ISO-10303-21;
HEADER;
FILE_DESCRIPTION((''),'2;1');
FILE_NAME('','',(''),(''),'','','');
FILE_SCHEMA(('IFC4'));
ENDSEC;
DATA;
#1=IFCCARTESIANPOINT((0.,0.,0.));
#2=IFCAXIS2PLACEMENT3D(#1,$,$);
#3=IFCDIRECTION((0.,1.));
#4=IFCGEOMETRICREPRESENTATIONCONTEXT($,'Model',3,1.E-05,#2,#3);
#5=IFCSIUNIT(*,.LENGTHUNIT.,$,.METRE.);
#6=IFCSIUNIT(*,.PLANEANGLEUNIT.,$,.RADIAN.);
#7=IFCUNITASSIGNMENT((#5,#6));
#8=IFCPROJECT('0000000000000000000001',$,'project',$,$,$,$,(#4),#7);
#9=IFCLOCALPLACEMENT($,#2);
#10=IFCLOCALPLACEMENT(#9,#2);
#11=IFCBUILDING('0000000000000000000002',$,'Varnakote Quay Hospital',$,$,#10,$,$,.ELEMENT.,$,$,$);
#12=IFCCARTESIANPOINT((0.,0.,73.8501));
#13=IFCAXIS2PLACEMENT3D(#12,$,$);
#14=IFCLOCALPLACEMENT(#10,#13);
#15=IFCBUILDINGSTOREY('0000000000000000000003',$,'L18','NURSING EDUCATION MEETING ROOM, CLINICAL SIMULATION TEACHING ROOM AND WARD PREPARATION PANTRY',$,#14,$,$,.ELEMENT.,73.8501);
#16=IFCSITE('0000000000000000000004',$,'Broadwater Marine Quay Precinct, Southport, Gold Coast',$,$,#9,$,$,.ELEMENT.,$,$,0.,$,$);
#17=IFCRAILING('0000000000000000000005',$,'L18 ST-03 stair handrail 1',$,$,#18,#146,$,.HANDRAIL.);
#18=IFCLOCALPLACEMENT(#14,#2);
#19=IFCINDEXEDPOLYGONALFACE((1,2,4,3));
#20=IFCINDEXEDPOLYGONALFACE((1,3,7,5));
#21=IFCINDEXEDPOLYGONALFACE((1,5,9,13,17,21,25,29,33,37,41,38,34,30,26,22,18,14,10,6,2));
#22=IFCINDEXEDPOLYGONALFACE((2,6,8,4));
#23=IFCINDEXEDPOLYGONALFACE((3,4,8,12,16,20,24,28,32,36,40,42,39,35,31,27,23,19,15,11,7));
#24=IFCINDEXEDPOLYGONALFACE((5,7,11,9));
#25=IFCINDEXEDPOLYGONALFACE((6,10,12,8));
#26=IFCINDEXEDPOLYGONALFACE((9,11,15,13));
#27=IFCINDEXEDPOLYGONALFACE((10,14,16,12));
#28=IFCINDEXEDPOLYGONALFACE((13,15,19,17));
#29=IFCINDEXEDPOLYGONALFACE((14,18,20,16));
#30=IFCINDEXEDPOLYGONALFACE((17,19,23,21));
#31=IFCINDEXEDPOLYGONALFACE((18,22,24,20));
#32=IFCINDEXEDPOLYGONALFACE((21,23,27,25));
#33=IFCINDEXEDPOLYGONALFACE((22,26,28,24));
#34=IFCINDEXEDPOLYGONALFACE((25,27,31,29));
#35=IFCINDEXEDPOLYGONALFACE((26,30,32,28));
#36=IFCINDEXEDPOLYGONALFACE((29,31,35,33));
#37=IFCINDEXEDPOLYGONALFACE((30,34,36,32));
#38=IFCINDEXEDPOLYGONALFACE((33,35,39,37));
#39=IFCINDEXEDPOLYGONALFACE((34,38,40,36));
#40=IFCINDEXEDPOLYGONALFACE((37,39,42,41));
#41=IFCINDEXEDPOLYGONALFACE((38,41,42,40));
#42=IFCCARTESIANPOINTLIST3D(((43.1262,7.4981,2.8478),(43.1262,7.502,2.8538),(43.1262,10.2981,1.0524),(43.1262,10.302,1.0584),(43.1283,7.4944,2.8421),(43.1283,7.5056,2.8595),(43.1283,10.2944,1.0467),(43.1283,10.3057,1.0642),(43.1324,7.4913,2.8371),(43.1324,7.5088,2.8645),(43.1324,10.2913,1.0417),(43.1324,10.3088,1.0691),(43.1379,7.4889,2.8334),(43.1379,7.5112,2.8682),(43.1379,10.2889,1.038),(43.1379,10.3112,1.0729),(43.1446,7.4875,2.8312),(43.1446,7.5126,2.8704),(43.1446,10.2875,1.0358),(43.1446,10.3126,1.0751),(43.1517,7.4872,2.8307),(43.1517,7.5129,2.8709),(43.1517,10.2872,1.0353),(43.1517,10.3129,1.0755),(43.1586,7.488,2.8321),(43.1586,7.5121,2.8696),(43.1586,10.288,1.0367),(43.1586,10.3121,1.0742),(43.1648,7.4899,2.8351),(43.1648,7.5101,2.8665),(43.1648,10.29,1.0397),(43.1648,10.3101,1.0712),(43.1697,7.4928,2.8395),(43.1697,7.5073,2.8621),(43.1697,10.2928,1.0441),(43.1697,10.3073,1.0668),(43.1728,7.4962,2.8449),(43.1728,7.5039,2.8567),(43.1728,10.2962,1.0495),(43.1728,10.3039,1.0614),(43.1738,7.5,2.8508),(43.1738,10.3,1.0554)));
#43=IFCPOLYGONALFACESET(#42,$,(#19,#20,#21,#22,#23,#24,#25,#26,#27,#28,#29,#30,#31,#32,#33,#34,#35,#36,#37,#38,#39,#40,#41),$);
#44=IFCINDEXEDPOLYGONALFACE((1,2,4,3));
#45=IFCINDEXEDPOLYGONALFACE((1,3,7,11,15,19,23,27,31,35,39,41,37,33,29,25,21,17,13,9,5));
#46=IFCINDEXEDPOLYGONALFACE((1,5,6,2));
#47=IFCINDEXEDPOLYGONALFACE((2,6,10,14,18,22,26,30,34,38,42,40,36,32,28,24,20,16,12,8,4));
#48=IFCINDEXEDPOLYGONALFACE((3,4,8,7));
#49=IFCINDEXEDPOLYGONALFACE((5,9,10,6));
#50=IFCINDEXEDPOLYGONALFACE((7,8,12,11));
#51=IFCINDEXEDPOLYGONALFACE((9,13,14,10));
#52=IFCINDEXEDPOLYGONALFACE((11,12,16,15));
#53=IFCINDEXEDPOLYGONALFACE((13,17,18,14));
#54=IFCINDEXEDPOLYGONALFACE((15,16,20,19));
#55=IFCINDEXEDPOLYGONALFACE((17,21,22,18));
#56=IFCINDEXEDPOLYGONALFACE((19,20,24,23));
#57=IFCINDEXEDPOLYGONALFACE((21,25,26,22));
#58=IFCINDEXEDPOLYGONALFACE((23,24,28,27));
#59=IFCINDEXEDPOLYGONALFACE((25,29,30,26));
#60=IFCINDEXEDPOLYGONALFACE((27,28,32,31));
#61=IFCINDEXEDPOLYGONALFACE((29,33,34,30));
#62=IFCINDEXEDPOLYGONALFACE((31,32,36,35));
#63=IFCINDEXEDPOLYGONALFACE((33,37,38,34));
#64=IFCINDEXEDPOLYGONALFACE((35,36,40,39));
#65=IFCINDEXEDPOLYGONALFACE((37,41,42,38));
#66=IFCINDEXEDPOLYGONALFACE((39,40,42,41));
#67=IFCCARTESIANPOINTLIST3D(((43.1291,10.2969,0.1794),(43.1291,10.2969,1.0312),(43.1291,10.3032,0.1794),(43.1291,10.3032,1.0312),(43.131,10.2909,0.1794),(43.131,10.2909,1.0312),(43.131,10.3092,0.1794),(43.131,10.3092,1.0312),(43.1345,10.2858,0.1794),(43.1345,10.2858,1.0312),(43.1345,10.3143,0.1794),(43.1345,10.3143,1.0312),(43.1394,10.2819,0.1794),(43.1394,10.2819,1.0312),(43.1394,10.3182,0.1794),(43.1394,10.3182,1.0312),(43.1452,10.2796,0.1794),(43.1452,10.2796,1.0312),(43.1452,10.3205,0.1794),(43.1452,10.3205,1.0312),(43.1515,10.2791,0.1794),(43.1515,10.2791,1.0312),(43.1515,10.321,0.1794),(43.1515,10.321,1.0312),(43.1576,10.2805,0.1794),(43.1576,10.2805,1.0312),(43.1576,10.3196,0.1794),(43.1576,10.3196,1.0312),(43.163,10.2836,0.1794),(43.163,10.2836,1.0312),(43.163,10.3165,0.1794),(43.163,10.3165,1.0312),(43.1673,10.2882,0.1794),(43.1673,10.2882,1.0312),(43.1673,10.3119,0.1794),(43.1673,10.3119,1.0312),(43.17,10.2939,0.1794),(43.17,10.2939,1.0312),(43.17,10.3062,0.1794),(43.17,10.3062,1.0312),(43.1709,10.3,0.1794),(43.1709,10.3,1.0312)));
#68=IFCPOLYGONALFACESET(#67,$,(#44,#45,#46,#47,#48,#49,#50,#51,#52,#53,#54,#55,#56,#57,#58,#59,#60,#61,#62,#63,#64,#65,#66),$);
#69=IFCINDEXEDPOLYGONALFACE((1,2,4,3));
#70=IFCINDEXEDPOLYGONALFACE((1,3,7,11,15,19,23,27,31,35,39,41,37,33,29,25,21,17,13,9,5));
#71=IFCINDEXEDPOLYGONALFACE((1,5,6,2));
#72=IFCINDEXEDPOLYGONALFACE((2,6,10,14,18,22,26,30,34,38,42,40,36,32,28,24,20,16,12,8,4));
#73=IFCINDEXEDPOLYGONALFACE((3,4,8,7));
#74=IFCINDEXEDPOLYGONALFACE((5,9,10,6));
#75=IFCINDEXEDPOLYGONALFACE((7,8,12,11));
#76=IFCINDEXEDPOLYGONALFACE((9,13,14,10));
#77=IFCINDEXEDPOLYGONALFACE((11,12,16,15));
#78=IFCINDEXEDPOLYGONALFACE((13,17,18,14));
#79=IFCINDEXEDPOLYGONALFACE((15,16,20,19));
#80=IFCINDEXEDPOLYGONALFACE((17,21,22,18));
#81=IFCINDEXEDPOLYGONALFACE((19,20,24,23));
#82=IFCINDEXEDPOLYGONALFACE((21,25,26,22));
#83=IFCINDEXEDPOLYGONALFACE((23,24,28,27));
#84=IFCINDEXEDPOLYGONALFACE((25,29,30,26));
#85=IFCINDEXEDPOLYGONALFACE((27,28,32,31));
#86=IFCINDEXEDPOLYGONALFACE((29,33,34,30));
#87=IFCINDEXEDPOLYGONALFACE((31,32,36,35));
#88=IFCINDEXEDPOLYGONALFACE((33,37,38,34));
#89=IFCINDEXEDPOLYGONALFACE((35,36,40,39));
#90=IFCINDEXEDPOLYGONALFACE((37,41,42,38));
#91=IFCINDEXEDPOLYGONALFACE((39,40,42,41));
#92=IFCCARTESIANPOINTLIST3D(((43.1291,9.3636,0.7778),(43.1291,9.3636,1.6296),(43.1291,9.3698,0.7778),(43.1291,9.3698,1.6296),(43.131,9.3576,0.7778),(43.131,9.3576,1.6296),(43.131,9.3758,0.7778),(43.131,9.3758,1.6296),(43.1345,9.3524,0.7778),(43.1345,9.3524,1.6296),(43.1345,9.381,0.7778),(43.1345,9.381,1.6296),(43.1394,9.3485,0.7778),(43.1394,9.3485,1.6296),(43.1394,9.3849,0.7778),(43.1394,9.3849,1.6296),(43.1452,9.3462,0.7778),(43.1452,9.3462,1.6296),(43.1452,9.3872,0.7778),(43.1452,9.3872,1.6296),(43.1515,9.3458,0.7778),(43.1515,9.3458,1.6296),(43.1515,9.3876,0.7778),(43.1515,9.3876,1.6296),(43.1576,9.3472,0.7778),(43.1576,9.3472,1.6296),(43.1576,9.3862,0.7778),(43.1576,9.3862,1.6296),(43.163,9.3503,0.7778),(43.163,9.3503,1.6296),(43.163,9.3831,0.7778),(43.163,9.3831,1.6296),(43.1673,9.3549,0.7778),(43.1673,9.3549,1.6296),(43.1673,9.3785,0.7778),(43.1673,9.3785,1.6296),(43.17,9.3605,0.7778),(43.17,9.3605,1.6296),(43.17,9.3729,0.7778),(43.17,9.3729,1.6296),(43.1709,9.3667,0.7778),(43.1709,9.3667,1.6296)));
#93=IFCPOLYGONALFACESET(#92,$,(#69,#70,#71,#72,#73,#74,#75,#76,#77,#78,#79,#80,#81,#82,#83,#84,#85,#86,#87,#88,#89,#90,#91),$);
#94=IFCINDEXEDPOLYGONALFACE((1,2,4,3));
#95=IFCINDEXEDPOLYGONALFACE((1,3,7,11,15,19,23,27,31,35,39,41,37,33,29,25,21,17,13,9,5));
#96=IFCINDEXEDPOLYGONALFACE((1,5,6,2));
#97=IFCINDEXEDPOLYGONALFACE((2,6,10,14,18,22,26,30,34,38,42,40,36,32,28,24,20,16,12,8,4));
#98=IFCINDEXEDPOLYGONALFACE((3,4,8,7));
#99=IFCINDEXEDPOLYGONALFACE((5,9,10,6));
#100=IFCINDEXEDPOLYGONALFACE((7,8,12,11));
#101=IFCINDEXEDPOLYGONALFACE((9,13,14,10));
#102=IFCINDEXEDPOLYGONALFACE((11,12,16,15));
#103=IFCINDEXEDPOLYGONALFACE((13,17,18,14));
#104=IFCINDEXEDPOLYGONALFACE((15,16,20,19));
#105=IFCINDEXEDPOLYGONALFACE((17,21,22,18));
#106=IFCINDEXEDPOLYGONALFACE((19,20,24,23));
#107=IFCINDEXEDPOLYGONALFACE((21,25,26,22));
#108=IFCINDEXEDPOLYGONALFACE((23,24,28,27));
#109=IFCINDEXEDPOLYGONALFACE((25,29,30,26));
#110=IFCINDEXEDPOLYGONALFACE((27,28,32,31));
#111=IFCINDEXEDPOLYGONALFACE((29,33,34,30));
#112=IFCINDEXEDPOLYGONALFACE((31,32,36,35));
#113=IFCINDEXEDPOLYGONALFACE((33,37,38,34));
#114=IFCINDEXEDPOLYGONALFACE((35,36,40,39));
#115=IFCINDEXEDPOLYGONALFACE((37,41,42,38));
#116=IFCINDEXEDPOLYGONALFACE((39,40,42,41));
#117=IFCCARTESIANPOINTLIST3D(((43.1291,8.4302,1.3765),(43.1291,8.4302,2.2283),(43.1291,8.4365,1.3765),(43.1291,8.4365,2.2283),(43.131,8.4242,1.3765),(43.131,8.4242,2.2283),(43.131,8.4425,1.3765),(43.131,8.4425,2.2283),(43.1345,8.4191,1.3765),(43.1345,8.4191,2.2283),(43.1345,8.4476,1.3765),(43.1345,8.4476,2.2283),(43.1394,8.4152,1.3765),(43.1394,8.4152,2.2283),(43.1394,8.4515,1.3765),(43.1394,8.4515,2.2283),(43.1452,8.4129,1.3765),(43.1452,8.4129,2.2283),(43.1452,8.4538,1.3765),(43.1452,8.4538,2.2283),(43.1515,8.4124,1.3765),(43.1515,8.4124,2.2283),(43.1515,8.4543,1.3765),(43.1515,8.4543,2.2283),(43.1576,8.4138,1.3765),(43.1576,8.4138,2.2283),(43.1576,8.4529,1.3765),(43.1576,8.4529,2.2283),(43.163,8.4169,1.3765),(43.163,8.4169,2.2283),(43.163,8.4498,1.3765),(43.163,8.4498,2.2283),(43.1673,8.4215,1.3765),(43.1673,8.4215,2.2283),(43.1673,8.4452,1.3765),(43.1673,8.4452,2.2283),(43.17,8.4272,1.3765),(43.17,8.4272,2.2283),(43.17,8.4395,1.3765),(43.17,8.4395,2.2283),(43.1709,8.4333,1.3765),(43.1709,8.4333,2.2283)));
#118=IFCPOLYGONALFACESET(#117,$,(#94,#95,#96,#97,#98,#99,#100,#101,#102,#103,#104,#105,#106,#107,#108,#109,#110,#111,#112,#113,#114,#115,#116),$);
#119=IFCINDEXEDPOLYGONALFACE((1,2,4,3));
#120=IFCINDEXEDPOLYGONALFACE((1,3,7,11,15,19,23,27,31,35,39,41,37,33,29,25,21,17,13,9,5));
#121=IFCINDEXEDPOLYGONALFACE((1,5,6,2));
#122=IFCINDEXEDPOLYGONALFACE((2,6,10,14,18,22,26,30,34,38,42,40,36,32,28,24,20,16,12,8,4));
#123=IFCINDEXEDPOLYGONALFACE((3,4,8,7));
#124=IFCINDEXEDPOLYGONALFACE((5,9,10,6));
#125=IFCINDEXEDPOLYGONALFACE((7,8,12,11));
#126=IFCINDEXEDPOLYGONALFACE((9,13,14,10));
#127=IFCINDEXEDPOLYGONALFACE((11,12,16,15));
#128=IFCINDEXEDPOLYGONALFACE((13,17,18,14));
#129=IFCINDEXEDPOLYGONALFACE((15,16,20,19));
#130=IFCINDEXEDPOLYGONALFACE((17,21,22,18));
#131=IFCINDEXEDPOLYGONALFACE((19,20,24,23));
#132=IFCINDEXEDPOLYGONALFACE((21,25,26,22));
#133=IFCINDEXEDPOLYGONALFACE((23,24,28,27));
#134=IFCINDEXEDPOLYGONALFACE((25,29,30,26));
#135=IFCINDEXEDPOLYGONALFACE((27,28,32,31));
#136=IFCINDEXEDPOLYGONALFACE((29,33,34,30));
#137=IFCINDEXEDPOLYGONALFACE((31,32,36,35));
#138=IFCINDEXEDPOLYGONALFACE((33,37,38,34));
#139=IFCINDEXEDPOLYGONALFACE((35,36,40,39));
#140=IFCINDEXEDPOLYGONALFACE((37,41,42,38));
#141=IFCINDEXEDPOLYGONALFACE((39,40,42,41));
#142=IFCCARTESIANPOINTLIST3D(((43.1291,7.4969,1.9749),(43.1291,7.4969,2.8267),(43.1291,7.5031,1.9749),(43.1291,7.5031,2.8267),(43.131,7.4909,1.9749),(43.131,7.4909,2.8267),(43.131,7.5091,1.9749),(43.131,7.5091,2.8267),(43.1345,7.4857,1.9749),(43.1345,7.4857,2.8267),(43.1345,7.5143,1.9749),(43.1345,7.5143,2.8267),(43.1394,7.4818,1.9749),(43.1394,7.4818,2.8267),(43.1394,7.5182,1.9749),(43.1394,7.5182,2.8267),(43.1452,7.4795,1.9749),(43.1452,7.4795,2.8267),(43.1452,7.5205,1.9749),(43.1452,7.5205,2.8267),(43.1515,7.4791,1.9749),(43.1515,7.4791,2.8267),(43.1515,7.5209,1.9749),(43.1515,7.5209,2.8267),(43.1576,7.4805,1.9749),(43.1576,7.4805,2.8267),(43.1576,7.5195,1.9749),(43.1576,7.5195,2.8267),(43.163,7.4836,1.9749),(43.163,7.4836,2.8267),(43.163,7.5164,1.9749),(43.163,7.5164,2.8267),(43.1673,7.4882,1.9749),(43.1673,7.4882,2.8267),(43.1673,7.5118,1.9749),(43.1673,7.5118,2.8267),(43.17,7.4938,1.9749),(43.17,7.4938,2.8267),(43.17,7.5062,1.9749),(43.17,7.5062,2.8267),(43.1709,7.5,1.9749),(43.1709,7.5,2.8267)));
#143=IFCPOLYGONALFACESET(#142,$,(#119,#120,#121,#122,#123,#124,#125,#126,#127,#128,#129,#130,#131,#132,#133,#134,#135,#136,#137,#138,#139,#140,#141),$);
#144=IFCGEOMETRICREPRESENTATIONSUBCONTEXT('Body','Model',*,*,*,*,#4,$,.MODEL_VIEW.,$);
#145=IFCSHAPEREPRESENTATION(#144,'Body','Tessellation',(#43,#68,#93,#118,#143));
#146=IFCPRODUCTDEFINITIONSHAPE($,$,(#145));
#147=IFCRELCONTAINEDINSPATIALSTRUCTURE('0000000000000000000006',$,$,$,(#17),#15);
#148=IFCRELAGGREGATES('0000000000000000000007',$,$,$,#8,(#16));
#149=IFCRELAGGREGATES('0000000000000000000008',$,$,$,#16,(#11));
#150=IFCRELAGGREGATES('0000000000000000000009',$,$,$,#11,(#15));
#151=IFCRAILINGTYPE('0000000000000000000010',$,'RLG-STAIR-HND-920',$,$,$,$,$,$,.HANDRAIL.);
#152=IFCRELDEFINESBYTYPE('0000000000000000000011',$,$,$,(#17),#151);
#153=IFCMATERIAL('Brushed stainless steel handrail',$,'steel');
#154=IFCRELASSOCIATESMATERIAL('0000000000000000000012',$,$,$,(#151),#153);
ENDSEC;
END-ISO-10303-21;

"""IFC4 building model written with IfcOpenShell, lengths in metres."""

from ifc_helpers import new_model, si_unit, direction, frame, origin, origin_2d, place, context, subcontext, project, spatial, circle, extrude, material, type_object, element, save


model = new_model("IFC4")

# Units and contexts
model_context = context("Model", 3, precision=1e-05, world=origin(), true_north=direction((0.0, 1.0)))
body_context = subcontext(model_context, "Body", "Model", "MODEL_VIEW")
ifc_project = project(units=[si_unit("LENGTHUNIT", "METRE"), si_unit("PLANEANGLEUNIT", "RADIAN")], contexts=[model_context])

# Site, building, storey
site_placement = place(None, origin())
site = spatial("IfcSite", under=ifc_project, at=site_placement, Name="Broadwater Marine Quay Precinct, Southport, Gold Coast", CompositionType="ELEMENT", RefElevation=0.0)
building_placement = place(site_placement, origin())
building = spatial("IfcBuilding", under=site, at=building_placement, Name="Varnakote Quay Hospital", CompositionType="ELEMENT")
storey_placement = place(building_placement, frame((0.0, 0.0, 73.8501)))
storey = spatial("IfcBuildingStorey", under=building, at=storey_placement, Name="L18", Description="NURSING EDUCATION MEETING ROOM, CLINICAL SIMULATION TEACHING ROOM AND WARD PREPARATION PANTRY", CompositionType="ELEMENT", Elevation=73.8501)

# Railing
ifc_material_1 = material(Name="Brushed stainless steel handrail", Category="steel")
railing_type_1 = type_object("IfcRailingType", Name="RLG-STAIR-HND-920", PredefinedType="HANDRAIL", material=ifc_material_1)
railing_1_placement = place(storey_placement, frame((43.1499, 10.3, 0.1794)))
element("IfcRailing", 1, at=railing_1_placement, inside=storey, type_object=railing_type_1, Name="L18 ST-03 stair handrail 1", PredefinedType="HANDRAIL", context=body_context, shape_type="SweptSolid", body=[
    extrude(circle(Radius=0.0239, at=origin_2d()), frame((0.0, 0.0, 0.876), z_axis=(0.0, -0.84181, 0.539774), x_axis=(1.0, 0.0, 0.0)), (0.0, 0.0, 1.0), 3.3262),
    extrude(circle(Radius=0.021, at=origin_2d()), origin(), (0.0, 0.0, 1.0), 0.8518),
    extrude(circle(Radius=0.021, at=origin_2d()), frame((0.0, -0.9333, 0.5984)), (0.0, 0.0, 1.0), 0.8518),
    extrude(circle(Radius=0.021, at=origin_2d()), frame((0.0, -1.8667, 1.197)), (0.0, 0.0, 1.0), 0.8518),
    extrude(circle(Radius=0.021, at=origin_2d()), frame((0.0, -2.8, 1.7954)), (0.0, 0.0, 1.0), 0.8518),
])

save(model, "model.ifc")
